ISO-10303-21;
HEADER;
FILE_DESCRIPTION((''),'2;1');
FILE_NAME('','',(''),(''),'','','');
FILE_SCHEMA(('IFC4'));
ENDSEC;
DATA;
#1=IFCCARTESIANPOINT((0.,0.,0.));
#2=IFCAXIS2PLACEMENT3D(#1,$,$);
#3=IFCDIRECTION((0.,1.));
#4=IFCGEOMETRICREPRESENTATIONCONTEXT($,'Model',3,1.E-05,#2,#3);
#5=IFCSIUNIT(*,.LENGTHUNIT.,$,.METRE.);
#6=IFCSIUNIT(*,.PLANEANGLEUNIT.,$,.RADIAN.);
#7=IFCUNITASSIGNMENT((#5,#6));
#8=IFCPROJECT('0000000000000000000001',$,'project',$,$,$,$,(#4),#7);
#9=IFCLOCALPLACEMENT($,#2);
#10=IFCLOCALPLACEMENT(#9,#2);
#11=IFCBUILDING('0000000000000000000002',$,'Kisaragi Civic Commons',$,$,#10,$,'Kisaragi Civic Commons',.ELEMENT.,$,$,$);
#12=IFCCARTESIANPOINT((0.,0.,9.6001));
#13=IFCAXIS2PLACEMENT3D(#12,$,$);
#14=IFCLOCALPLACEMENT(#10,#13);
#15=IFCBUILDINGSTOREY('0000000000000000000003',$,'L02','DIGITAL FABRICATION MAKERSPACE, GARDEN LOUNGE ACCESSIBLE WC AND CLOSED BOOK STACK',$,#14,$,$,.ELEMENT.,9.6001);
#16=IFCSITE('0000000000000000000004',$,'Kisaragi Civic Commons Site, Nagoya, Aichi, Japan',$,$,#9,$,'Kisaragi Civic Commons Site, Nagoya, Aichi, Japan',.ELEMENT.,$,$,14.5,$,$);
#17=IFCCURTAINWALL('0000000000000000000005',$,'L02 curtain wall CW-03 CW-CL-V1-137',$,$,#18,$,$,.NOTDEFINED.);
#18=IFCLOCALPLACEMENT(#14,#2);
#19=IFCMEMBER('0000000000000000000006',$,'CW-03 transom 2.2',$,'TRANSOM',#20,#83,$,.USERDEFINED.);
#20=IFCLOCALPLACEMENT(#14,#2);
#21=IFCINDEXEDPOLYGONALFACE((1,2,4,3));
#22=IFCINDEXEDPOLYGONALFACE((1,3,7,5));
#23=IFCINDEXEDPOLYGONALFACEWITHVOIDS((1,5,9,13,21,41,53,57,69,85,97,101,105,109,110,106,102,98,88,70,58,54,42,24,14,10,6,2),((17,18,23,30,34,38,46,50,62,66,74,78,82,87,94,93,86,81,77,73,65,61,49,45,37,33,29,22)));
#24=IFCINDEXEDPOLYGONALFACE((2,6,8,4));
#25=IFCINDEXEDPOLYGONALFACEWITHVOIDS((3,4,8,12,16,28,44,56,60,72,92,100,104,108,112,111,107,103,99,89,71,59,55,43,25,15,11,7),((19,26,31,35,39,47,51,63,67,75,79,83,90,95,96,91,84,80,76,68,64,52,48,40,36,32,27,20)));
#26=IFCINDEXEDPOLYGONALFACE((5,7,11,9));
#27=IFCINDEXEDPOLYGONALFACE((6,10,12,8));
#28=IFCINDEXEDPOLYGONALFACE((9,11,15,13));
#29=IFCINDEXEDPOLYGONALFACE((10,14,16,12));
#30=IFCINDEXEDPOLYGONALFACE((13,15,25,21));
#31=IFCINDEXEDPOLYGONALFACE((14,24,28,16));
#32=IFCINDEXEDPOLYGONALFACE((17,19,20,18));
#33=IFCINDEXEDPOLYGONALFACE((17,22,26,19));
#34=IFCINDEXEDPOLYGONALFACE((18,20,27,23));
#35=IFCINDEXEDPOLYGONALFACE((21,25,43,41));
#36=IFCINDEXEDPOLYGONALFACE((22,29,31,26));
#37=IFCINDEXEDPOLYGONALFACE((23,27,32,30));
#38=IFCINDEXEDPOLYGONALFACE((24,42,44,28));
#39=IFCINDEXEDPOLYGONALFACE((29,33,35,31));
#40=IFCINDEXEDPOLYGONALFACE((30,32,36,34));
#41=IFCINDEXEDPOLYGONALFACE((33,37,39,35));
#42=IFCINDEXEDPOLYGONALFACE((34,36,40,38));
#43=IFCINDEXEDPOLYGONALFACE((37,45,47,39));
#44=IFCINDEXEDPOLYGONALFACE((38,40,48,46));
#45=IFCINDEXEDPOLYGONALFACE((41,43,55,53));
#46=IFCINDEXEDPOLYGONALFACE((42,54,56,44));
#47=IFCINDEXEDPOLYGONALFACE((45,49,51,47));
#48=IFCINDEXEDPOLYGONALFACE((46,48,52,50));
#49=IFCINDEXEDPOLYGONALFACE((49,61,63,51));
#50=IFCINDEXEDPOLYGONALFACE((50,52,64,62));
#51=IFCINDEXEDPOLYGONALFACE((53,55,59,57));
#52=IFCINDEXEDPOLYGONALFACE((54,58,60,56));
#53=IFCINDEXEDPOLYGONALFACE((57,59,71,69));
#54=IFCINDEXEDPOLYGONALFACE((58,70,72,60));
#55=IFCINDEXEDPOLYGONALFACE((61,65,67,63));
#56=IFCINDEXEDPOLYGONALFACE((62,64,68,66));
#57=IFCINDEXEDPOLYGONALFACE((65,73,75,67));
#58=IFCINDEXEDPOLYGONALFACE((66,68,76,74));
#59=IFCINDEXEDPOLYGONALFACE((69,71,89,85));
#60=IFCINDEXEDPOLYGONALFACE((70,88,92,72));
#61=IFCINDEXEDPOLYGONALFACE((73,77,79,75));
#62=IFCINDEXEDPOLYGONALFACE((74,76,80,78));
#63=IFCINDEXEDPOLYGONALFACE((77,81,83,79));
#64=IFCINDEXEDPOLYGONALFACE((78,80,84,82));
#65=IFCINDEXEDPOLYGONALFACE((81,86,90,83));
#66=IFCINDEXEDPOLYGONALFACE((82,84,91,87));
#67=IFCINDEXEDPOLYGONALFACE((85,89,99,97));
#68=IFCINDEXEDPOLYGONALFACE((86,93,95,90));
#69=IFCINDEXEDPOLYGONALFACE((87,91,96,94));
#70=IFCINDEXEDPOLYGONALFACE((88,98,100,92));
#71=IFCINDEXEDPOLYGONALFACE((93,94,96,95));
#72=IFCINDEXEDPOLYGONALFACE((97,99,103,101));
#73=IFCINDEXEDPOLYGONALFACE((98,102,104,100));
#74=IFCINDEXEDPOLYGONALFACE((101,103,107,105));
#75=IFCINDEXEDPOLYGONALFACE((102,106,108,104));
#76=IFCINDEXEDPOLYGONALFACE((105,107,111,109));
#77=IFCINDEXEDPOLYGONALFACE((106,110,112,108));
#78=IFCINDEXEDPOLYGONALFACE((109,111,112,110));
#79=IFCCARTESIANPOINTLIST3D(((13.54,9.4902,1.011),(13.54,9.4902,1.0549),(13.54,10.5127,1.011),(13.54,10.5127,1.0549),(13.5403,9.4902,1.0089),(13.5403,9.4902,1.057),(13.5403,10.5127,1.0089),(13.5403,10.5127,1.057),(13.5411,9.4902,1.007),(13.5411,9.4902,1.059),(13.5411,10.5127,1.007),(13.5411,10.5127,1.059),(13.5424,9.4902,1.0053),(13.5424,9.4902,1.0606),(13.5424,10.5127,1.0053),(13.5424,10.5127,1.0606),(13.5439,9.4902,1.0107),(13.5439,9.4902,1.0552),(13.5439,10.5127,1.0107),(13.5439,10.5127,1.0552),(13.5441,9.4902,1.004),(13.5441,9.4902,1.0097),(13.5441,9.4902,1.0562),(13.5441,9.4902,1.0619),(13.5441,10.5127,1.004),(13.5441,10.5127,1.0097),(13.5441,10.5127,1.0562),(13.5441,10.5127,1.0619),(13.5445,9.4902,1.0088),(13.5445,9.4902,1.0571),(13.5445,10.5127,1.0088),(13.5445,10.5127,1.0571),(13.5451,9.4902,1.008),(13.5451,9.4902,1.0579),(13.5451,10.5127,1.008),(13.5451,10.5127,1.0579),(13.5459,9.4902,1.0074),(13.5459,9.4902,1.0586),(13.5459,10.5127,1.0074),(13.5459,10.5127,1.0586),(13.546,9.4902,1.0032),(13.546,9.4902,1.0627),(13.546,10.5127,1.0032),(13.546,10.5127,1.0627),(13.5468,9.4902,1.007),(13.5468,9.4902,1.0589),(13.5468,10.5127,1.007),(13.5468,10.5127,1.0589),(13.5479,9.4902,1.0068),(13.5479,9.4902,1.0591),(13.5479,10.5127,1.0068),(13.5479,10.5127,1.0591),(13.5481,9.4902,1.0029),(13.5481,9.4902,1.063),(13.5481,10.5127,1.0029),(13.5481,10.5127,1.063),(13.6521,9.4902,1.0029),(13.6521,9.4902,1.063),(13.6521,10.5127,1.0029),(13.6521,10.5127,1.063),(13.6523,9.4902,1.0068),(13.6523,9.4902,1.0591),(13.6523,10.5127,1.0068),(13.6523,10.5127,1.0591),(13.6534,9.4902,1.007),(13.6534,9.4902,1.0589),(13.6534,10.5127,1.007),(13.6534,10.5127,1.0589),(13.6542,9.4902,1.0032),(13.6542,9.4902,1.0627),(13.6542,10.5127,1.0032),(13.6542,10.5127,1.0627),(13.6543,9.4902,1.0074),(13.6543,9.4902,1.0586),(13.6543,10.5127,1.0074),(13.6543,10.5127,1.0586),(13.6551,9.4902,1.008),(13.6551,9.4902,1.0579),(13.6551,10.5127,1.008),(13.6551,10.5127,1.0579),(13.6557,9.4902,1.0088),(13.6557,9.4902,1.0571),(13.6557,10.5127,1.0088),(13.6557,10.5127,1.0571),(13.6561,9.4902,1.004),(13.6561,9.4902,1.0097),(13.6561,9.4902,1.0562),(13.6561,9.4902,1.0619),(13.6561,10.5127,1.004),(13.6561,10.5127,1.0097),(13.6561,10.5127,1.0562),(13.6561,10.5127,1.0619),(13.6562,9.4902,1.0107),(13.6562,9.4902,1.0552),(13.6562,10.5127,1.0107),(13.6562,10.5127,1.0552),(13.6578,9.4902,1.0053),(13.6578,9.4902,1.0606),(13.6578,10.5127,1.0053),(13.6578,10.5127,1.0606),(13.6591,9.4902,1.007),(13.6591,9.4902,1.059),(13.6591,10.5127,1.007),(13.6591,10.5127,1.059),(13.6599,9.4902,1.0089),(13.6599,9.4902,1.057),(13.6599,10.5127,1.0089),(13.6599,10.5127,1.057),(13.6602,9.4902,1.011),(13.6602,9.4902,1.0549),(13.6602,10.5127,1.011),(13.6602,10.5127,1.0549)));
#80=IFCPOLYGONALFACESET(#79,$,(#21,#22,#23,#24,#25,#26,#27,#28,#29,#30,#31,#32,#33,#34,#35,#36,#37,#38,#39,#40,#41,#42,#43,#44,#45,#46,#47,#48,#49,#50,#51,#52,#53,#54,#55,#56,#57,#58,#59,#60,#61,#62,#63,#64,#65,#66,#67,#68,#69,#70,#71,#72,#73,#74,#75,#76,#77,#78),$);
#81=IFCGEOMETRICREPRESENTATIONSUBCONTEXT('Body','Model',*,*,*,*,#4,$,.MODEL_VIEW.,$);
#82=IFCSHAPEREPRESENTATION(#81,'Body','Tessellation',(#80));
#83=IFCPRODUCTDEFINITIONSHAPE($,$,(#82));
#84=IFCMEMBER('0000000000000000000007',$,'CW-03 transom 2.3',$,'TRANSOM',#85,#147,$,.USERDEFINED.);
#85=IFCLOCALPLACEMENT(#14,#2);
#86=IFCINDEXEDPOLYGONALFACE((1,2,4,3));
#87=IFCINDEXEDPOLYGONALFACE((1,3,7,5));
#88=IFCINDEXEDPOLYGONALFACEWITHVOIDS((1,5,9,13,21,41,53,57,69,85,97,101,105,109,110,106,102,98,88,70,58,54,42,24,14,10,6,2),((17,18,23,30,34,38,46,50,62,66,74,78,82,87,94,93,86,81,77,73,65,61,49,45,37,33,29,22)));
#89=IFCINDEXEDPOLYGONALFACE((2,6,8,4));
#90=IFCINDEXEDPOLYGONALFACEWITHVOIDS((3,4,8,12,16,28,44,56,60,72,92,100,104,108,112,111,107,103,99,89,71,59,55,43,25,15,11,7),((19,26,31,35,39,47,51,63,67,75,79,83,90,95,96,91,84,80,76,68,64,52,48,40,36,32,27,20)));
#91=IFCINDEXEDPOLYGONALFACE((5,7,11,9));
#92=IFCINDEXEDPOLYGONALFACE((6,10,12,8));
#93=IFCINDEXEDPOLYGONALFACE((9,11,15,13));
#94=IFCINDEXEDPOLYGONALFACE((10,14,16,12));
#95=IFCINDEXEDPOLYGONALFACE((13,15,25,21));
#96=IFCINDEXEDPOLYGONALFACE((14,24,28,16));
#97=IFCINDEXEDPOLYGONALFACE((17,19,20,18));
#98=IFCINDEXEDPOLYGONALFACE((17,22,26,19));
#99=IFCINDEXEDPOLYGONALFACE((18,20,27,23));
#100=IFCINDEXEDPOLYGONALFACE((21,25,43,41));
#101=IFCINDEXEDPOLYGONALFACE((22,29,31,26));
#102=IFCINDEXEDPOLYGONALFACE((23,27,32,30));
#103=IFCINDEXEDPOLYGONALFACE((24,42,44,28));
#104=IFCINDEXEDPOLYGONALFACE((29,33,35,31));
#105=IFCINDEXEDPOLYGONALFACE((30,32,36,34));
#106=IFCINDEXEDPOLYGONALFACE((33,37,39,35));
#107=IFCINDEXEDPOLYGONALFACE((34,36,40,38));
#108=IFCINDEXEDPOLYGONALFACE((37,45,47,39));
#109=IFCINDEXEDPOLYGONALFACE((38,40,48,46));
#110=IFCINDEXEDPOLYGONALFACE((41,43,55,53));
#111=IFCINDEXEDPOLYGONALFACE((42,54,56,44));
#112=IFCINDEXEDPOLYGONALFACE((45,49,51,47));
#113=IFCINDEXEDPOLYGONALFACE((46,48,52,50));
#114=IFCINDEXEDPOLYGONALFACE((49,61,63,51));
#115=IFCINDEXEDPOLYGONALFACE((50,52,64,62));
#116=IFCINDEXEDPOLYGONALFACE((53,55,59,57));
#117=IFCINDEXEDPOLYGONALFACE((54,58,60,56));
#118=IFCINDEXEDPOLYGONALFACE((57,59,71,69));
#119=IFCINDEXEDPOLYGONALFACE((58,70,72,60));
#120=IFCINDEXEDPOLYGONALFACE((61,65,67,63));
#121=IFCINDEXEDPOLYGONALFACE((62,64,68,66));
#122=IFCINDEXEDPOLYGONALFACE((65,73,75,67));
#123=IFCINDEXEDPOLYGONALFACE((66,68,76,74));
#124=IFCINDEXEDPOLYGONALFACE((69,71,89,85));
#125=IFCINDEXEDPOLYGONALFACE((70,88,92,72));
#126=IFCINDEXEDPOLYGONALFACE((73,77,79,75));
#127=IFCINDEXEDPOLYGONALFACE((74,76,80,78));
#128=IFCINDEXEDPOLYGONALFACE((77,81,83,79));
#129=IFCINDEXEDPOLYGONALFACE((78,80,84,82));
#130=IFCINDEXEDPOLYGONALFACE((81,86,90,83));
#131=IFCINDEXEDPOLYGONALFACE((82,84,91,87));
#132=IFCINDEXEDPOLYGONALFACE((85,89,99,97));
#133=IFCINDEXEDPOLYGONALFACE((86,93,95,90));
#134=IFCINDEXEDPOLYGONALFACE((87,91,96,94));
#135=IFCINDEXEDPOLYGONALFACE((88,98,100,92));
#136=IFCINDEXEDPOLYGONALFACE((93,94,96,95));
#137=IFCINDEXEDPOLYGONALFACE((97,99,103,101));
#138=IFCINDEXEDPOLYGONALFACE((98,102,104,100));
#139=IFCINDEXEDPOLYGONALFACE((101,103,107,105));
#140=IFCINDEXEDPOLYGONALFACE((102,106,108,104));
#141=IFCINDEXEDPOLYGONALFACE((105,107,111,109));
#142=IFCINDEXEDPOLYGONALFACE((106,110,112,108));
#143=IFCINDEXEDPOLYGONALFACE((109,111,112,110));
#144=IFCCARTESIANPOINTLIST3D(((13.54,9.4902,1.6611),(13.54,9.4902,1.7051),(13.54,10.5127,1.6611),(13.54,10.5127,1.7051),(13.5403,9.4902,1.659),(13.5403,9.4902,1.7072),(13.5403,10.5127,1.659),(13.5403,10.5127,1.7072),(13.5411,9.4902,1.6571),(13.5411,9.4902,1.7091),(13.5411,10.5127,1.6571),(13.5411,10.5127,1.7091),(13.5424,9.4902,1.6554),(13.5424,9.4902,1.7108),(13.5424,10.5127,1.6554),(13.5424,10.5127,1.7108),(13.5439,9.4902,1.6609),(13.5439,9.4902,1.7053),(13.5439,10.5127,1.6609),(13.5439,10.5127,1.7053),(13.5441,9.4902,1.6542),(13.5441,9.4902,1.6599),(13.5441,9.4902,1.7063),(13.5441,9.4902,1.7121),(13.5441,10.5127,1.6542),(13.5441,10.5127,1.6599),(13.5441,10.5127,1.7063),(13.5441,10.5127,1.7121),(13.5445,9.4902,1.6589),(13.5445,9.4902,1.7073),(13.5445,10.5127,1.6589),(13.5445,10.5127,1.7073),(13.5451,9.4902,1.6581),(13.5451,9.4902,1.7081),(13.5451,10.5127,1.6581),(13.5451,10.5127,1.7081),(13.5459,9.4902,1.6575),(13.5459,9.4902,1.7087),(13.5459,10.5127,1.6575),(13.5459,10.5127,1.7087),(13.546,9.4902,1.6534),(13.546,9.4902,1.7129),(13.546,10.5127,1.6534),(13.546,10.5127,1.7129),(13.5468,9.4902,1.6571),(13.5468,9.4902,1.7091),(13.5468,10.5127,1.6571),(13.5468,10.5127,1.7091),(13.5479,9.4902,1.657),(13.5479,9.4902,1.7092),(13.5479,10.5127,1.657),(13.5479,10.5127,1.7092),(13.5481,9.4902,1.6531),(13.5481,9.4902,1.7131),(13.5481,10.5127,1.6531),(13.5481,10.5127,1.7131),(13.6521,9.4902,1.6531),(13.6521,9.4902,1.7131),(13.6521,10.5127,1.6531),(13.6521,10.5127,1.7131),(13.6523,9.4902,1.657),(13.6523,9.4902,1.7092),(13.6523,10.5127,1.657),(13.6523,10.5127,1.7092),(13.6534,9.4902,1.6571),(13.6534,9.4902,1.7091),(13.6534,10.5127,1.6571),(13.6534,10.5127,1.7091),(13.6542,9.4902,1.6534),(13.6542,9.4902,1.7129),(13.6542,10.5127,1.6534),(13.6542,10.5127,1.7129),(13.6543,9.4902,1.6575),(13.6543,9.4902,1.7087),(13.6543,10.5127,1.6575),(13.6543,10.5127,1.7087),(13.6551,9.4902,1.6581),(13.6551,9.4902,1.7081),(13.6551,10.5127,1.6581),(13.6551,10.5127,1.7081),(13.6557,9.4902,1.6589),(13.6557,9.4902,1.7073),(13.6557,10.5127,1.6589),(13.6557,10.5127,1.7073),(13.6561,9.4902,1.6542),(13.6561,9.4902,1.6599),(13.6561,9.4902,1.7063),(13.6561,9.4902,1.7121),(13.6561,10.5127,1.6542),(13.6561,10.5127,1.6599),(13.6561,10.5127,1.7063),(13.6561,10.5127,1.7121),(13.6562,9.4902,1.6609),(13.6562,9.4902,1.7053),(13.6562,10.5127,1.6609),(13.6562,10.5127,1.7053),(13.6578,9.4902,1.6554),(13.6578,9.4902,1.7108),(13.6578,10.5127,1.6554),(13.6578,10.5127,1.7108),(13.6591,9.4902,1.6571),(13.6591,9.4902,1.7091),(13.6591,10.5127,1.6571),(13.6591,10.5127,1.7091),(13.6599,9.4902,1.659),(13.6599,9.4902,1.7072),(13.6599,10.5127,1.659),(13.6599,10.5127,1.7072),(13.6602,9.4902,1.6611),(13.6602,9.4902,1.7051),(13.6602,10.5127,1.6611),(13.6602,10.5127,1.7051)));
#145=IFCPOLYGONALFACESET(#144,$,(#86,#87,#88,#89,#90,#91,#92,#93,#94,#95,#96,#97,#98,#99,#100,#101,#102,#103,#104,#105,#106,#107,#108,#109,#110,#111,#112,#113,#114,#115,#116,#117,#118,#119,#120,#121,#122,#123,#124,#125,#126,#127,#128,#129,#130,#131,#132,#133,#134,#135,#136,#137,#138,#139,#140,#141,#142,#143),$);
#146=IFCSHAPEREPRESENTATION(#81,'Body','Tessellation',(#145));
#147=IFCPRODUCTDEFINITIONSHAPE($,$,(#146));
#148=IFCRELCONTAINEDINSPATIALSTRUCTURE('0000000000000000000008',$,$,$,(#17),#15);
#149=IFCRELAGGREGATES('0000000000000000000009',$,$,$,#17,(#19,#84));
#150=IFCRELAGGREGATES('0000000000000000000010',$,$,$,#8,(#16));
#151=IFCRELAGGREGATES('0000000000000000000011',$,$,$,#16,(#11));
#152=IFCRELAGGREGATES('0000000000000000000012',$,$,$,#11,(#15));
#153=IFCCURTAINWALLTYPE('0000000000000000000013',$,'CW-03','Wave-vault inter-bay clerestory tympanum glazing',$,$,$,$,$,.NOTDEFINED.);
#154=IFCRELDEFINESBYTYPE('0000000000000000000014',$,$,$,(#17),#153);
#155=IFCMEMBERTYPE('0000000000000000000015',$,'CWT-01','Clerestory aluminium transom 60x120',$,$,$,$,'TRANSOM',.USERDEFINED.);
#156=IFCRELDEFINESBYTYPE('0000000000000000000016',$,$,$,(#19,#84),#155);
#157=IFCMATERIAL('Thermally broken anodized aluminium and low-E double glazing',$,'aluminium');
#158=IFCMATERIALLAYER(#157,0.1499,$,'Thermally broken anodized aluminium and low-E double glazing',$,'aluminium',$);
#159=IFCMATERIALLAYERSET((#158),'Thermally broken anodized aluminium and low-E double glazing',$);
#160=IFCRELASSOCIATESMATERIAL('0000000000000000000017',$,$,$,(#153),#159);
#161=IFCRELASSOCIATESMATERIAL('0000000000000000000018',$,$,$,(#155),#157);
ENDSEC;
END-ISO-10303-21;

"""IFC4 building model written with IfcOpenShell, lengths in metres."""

from ifc_helpers import new_model, si_unit, direction, frame, origin, origin_2d, place, context, subcontext, project, spatial, hollow_rectangle, extrude, material, layer, layer_set, material_profile, profile_set, type_object, element, aggregate, save


model = new_model("IFC4")

# Units and contexts
model_context = context("Model", 3, precision=1e-05, world=origin(), true_north=direction((0.0, 1.0)))
body_context = subcontext(model_context, "Body", "Model", "MODEL_VIEW")
ifc_project = project(units=[si_unit("LENGTHUNIT", "METRE"), si_unit("PLANEANGLEUNIT", "RADIAN")], contexts=[model_context])

# Site, building, storey
site_placement = place(None, origin())
site = spatial("IfcSite", under=ifc_project, at=site_placement, Name="Kisaragi Civic Commons Site, Nagoya, Aichi, Japan", LongName="Kisaragi Civic Commons Site, Nagoya, Aichi, Japan", CompositionType="ELEMENT", RefElevation=14.5)
building_placement = place(site_placement, origin())
building = spatial("IfcBuilding", under=site, at=building_placement, Name="Kisaragi Civic Commons", LongName="Kisaragi Civic Commons", CompositionType="ELEMENT")
storey_placement = place(building_placement, frame((0.0, 0.0, 9.6001)))
storey = spatial("IfcBuildingStorey", under=building, at=storey_placement, Name="L02", Description="DIGITAL FABRICATION MAKERSPACE, GARDEN LOUNGE ACCESSIBLE WC AND CLOSED BOOK STACK", CompositionType="ELEMENT", Elevation=9.6001)

# Curtain wall
ifc_material_1 = material(Name="Thermally broken anodized aluminium and low-E double glazing", Category="aluminium")
ifc_layer_1 = layer(ifc_material_1, 0.1499, Name="Thermally broken anodized aluminium and low-E double glazing", Category="aluminium")
ifc_layer_set_1 = layer_set([ifc_layer_1], Name="Thermally broken anodized aluminium and low-E double glazing")
curtain_wall_type = type_object("IfcCurtainWallType", Name="CW-03", Description="Wave-vault inter-bay clerestory tympanum glazing", PredefinedType="NOTDEFINED", material=ifc_layer_set_1)
curtain_wall_1_placement = place(storey_placement, origin())
curtain_wall_1 = element("IfcCurtainWall", 1, at=curtain_wall_1_placement, inside=storey, type_object=curtain_wall_type, Name="L02 curtain wall CW-03 CW-CL-V1-137", PredefinedType="NOTDEFINED")

# Members
ifc_material_profile_1 = material_profile(ifc_material_1, hollow_rectangle(XDim=0.1201, YDim=0.0601, WallThickness=0.0039, InnerFilletRadius=0.0039, OuterFilletRadius=0.0081, at=origin_2d()), Name="CWT-60x120x4", Category="aluminium")
ifc_profile_set_1 = profile_set([ifc_material_profile_1], Name="Thermally broken anodized aluminium and low-E double glazing")
member_type_1 = type_object("IfcMemberType", Name="CWT-01", Description="Clerestory aluminium transom 60x120", ElementType="TRANSOM", PredefinedType="USERDEFINED", material=ifc_profile_set_1)
member_1_placement = place(storey_placement, frame((13.6001, 9.4902, 1.033), z_axis=(0.0, 1.0, 0.0), x_axis=(-1.0, 0.0, 0.0)))
member_1 = element("IfcMember", 2, at=member_1_placement, type_object=member_type_1, Name="CW-03 transom 2.2", ObjectType="TRANSOM", PredefinedType="USERDEFINED", context=body_context, shape_type="SweptSolid", body=[
    extrude(hollow_rectangle(XDim=0.1201, YDim=0.0601, WallThickness=0.0039, InnerFilletRadius=0.0039, OuterFilletRadius=0.0081, at=origin_2d()), origin(), (0.0, 0.0, 1.0), 1.0225),
])
member_2_placement = place(storey_placement, frame((13.6001, 9.4902, 1.6831), z_axis=(0.0, 1.0, 0.0), x_axis=(-1.0, 0.0, 0.0)))
member_2 = element("IfcMember", 3, at=member_2_placement, type_object=member_type_1, Name="CW-03 transom 2.3", ObjectType="TRANSOM", PredefinedType="USERDEFINED", context=body_context, shape_type="SweptSolid", body=[
    extrude(hollow_rectangle(XDim=0.1201, YDim=0.0601, WallThickness=0.0039, InnerFilletRadius=0.0039, OuterFilletRadius=0.0081, at=origin_2d()), origin(), (0.0, 0.0, 1.0), 1.0225),
])

aggregate(curtain_wall_1, [member_1, member_2])

save(model, "model.ifc")
